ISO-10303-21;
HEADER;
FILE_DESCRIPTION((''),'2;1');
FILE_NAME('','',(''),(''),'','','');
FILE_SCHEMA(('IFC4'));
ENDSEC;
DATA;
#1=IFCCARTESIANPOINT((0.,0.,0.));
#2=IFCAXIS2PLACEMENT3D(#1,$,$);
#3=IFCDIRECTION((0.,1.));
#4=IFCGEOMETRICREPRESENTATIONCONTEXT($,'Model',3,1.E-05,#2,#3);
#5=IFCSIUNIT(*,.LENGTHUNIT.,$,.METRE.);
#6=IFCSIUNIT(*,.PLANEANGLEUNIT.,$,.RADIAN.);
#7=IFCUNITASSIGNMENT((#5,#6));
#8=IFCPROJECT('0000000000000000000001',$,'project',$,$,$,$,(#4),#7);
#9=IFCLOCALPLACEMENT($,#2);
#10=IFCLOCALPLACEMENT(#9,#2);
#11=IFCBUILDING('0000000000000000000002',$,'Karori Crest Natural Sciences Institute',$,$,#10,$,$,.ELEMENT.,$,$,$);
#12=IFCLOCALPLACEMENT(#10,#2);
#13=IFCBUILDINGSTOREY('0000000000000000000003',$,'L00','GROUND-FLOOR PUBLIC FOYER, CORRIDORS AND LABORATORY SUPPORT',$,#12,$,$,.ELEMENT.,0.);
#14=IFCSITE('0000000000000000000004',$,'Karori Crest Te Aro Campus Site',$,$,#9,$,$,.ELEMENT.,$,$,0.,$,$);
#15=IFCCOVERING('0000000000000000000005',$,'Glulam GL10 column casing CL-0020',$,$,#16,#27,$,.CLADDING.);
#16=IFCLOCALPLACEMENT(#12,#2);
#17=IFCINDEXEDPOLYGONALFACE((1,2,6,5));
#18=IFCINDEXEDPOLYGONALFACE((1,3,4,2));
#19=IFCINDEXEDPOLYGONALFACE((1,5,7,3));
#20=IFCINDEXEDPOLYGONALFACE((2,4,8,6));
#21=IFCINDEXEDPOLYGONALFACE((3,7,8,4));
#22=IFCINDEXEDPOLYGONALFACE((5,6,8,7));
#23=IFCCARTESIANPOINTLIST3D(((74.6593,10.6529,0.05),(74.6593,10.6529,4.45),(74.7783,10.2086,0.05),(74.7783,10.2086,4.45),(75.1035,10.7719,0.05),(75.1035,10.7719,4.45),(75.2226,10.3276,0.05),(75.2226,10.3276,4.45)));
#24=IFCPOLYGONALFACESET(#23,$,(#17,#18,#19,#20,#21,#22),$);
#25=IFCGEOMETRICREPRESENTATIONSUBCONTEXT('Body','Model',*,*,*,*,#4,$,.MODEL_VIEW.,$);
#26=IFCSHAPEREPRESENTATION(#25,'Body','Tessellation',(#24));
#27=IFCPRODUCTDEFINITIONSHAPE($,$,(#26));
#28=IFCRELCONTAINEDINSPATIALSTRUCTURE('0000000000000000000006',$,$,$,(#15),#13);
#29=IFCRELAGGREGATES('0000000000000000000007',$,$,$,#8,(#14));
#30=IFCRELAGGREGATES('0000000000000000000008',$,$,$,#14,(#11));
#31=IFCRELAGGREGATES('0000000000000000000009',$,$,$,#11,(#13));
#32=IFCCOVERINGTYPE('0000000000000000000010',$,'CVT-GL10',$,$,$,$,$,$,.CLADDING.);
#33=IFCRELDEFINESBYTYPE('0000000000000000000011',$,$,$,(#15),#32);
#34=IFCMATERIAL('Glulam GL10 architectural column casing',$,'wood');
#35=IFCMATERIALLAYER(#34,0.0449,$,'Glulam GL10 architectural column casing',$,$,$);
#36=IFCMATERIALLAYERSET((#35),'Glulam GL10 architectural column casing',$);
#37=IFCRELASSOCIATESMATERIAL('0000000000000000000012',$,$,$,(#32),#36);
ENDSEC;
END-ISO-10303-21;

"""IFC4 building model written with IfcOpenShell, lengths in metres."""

from ifc_helpers import new_model, si_unit, direction, frame, origin, origin_2d, place, context, subcontext, project, spatial, rectangle, extrude, material, layer, layer_set, type_object, element, save


model = new_model("IFC4")

# Units and contexts
model_context = context("Model", 3, precision=1e-05, world=origin(), true_north=direction((0.0, 1.0)))
body_context = subcontext(model_context, "Body", "Model", "MODEL_VIEW")
ifc_project = project(units=[si_unit("LENGTHUNIT", "METRE"), si_unit("PLANEANGLEUNIT", "RADIAN")], contexts=[model_context])

# Site, building, storey
site_placement = place(None, origin())
site = spatial("IfcSite", under=ifc_project, at=site_placement, Name="Karori Crest Te Aro Campus Site", CompositionType="ELEMENT", RefElevation=0.0)
building_placement = place(site_placement, origin())
building = spatial("IfcBuilding", under=site, at=building_placement, Name="Karori Crest Natural Sciences Institute", CompositionType="ELEMENT")
storey_placement = place(building_placement, origin())
storey = spatial("IfcBuildingStorey", under=building, at=storey_placement, Name="L00", Description="GROUND-FLOOR PUBLIC FOYER, CORRIDORS AND LABORATORY SUPPORT", CompositionType="ELEMENT", Elevation=0.0)

# Covering
ifc_material_1 = material(Name="Glulam GL10 architectural column casing", Category="wood")
ifc_layer_1 = layer(ifc_material_1, 0.0449, Name="Glulam GL10 architectural column casing")
ifc_layer_set_1 = layer_set([ifc_layer_1], Name="Glulam GL10 architectural column casing")
covering_type = type_object("IfcCoveringType", Name="CVT-GL10", PredefinedType="CLADDING", material=ifc_layer_set_1)
covering_placement = place(storey_placement, frame((74.9409, 10.4902, 0.05), z_axis=(0.0, 0.0, 1.0), x_axis=(0.258819, -0.965926, 0.0)))
element("IfcCovering", 1, at=covering_placement, inside=storey, type_object=covering_type, Name="Glulam GL10 column casing CL-0020", PredefinedType="CLADDING", context=body_context, shape_type="SweptSolid", body=[
    extrude(rectangle(XDim=0.46, YDim=0.46, at=origin_2d()), origin(), (0.0, 0.0, 1.0), 4.3999),
])

save(model, "model.ifc")
